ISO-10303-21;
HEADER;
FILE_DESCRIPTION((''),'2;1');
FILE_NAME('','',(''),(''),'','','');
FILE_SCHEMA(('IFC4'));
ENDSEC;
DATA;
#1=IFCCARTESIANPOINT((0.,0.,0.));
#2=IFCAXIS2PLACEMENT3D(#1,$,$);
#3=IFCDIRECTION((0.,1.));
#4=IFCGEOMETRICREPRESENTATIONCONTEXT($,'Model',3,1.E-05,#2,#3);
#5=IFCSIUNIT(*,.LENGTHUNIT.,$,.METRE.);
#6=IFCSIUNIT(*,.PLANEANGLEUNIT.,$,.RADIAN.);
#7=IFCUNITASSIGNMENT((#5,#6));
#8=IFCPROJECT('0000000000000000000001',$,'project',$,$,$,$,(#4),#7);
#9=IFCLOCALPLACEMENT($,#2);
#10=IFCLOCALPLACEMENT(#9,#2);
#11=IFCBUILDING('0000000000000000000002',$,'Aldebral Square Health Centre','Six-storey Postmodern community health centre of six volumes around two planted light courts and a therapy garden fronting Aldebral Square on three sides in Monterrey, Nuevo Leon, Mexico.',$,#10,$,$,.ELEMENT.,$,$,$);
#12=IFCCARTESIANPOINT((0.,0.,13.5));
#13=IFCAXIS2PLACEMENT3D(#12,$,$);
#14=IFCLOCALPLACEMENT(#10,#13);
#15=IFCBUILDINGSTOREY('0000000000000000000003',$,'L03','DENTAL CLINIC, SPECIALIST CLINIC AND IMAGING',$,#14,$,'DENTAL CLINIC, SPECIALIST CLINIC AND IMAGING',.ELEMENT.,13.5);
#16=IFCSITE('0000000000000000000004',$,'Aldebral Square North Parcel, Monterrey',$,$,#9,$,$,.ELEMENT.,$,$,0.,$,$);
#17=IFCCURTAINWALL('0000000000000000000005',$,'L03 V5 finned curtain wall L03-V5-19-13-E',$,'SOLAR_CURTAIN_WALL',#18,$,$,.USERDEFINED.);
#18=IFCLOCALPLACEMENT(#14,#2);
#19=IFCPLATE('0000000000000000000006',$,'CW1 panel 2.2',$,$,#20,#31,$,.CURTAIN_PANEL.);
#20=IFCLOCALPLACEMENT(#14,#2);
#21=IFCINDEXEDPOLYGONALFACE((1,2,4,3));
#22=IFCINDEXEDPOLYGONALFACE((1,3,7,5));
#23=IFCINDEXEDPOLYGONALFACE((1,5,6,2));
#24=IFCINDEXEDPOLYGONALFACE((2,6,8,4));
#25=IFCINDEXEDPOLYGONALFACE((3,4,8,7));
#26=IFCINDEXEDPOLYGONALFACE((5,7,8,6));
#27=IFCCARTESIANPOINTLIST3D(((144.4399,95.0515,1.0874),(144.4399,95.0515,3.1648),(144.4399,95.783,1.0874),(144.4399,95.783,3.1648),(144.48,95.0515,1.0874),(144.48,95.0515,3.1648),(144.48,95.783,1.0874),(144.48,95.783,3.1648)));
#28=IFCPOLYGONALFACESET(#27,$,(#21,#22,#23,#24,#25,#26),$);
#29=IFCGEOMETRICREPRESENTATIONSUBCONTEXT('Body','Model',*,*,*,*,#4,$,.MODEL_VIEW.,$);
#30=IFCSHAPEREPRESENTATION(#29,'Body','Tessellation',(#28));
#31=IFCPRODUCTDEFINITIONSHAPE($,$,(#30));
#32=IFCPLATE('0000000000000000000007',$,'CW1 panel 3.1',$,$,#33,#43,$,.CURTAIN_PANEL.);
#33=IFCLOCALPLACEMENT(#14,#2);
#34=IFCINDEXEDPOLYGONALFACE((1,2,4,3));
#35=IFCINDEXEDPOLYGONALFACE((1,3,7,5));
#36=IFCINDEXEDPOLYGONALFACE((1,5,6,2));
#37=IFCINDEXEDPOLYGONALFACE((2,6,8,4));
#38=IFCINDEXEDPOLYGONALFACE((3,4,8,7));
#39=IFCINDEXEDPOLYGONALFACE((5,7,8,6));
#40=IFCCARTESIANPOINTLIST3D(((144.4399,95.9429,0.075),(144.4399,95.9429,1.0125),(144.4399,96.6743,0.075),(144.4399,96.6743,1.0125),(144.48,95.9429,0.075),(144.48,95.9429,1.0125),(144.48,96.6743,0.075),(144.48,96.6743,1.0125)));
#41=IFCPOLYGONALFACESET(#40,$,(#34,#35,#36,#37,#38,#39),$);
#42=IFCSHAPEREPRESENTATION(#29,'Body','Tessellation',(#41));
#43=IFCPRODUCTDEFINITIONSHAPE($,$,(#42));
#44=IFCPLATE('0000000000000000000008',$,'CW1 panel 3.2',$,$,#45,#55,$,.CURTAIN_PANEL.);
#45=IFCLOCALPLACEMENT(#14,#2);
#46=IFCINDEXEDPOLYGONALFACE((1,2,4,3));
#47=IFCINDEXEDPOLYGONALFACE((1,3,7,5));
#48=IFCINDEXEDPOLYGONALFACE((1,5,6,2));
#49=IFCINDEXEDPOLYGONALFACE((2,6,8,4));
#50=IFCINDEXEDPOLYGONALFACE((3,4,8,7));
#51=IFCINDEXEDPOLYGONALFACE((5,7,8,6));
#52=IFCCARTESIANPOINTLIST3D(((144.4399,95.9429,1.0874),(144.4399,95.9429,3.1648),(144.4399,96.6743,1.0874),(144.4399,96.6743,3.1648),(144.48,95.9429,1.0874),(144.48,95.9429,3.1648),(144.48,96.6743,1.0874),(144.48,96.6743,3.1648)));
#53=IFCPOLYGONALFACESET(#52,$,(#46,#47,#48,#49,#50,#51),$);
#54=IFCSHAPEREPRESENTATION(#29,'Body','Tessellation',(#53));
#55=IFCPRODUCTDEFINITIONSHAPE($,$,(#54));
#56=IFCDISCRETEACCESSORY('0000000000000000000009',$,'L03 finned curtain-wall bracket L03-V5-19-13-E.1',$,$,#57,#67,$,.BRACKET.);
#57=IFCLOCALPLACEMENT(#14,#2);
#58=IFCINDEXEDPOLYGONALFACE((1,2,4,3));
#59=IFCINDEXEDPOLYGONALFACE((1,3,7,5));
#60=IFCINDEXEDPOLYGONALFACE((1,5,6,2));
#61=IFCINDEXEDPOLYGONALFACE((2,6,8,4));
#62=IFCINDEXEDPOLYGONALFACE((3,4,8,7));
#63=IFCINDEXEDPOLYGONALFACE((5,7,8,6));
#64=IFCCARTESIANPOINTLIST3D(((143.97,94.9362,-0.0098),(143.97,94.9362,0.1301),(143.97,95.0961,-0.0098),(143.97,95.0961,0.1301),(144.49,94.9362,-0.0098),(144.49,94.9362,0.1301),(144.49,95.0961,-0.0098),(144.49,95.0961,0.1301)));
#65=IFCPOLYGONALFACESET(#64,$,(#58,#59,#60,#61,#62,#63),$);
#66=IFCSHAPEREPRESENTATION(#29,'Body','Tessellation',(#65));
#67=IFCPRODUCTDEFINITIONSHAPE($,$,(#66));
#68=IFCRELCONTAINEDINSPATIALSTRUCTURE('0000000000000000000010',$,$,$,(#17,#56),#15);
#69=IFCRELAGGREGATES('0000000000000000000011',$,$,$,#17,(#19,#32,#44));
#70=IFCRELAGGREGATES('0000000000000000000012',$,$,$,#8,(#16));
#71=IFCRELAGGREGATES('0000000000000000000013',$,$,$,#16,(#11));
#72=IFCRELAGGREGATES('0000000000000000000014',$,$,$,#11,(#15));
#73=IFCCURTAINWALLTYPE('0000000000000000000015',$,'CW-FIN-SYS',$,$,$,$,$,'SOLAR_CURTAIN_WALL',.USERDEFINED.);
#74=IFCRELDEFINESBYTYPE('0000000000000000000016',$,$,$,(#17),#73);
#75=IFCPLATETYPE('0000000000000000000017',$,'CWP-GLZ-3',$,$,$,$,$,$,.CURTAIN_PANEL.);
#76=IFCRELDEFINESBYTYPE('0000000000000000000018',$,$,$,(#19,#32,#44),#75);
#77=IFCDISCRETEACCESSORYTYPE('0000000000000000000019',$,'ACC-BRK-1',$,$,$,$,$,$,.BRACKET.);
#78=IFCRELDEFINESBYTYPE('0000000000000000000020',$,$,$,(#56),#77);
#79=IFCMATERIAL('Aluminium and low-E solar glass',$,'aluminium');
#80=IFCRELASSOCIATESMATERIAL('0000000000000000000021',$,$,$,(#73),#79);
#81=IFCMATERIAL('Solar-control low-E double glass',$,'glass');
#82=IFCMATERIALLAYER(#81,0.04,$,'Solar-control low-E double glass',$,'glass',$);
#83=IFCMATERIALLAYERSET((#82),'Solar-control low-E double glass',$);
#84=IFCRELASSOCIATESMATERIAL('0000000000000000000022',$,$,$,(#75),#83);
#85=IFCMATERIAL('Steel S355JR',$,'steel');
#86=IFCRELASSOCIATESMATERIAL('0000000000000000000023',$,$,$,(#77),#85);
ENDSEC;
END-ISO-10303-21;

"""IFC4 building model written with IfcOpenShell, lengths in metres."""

from ifc_helpers import new_model, si_unit, direction, frame, origin, origin_2d, place, context, subcontext, project, spatial, rectangle, extrude, material, layer, layer_set, type_object, element, aggregate, save


model = new_model("IFC4")

# Units and contexts
model_context = context("Model", 3, precision=1e-05, world=origin(), true_north=direction((0.0, 1.0)))
body_context = subcontext(model_context, "Body", "Model", "MODEL_VIEW")
ifc_project = project(units=[si_unit("LENGTHUNIT", "METRE"), si_unit("PLANEANGLEUNIT", "RADIAN")], contexts=[model_context])

# Site, building, storey
site_placement = place(None, origin())
site = spatial("IfcSite", under=ifc_project, at=site_placement, Name="Aldebral Square North Parcel, Monterrey", CompositionType="ELEMENT", RefElevation=0.0)
building_placement = place(site_placement, origin())
building = spatial("IfcBuilding", under=site, at=building_placement, Name="Aldebral Square Health Centre", Description="Six-storey Postmodern community health centre of six volumes around two planted light courts and a therapy garden fronting Aldebral Square on three sides in Monterrey, Nuevo Leon, Mexico.", CompositionType="ELEMENT")
storey_placement = place(building_placement, frame((0.0, 0.0, 13.5)))
storey = spatial("IfcBuildingStorey", under=building, at=storey_placement, Name="L03", Description="DENTAL CLINIC, SPECIALIST CLINIC AND IMAGING", LongName="DENTAL CLINIC, SPECIALIST CLINIC AND IMAGING", CompositionType="ELEMENT", Elevation=13.5)

# Curtain wall
ifc_material_1 = material(Name="Aluminium and low-E solar glass", Category="aluminium")
curtain_wall_type = type_object("IfcCurtainWallType", Name="CW-FIN-SYS", ElementType="SOLAR_CURTAIN_WALL", PredefinedType="USERDEFINED", material=ifc_material_1)
curtain_wall_1_placement = place(storey_placement, origin())
curtain_wall_1 = element("IfcCurtainWall", 1, at=curtain_wall_1_placement, inside=storey, type_object=curtain_wall_type, Name="L03 V5 finned curtain wall L03-V5-19-13-E", ObjectType="SOLAR_CURTAIN_WALL", PredefinedType="USERDEFINED")

# Plates
ifc_material_2 = material(Name="Solar-control low-E double glass", Category="glass")
ifc_layer_1 = layer(ifc_material_2, 0.04, Name="Solar-control low-E double glass", Category="glass")
ifc_layer_set_1 = layer_set([ifc_layer_1], Name="Solar-control low-E double glass")
plate_type_1 = type_object("IfcPlateType", Name="CWP-GLZ-3", PredefinedType="CURTAIN_PANEL", material=ifc_layer_set_1)
plate_1_placement = place(storey_placement, frame((144.46, 95.4172, 1.0874), z_axis=(0.0, 0.0, 1.0), x_axis=(0.0, 1.0, 0.0)))
plate_1 = element("IfcPlate", 2, at=plate_1_placement, type_object=plate_type_1, Name="CW1 panel 2.2", PredefinedType="CURTAIN_PANEL", context=body_context, shape_type="SweptSolid", body=[
    extrude(rectangle(XDim=0.7314, YDim=0.04, at=origin_2d()), origin(), (0.0, 0.0, 1.0), 2.0774),
])
plate_2_placement = place(storey_placement, frame((144.46, 96.3086, 0.075), z_axis=(0.0, 0.0, 1.0), x_axis=(0.0, 1.0, 0.0)))
plate_2 = element("IfcPlate", 3, at=plate_2_placement, type_object=plate_type_1, Name="CW1 panel 3.1", PredefinedType="CURTAIN_PANEL", context=body_context, shape_type="SweptSolid", body=[
    extrude(rectangle(XDim=0.7314, YDim=0.04, at=origin_2d()), origin(), (0.0, 0.0, 1.0), 0.9375),
])
plate_3_placement = place(storey_placement, frame((144.46, 96.3086, 1.0874), z_axis=(0.0, 0.0, 1.0), x_axis=(0.0, 1.0, 0.0)))
plate_3 = element("IfcPlate", 4, at=plate_3_placement, type_object=plate_type_1, Name="CW1 panel 3.2", PredefinedType="CURTAIN_PANEL", context=body_context, shape_type="SweptSolid", body=[
    extrude(rectangle(XDim=0.7314, YDim=0.04, at=origin_2d()), origin(), (0.0, 0.0, 1.0), 2.0774),
])
aggregate(curtain_wall_1, [plate_1, plate_2, plate_3])

# Discrete accessory
ifc_material_3 = material(Name="Steel S355JR", Category="steel")
discrete_accessory_type = type_object("IfcDiscreteAccessoryType", Name="ACC-BRK-1", PredefinedType="BRACKET", material=ifc_material_3)
discrete_accessory_placement = place(storey_placement, frame((144.23, 95.0161, -0.0098), z_axis=(0.0, 0.0, 1.0), x_axis=(0.0, 1.0, 0.0)))
element("IfcDiscreteAccessory", 5, at=discrete_accessory_placement, inside=storey, type_object=discrete_accessory_type, Name="L03 finned curtain-wall bracket L03-V5-19-13-E.1", PredefinedType="BRACKET", context=body_context, shape_type="SweptSolid", body=[
    extrude(rectangle(XDim=0.1599, YDim=0.52, at=origin_2d()), origin(), (0.0, 0.0, 1.0), 0.1399),
])

save(model, "model.ifc")
